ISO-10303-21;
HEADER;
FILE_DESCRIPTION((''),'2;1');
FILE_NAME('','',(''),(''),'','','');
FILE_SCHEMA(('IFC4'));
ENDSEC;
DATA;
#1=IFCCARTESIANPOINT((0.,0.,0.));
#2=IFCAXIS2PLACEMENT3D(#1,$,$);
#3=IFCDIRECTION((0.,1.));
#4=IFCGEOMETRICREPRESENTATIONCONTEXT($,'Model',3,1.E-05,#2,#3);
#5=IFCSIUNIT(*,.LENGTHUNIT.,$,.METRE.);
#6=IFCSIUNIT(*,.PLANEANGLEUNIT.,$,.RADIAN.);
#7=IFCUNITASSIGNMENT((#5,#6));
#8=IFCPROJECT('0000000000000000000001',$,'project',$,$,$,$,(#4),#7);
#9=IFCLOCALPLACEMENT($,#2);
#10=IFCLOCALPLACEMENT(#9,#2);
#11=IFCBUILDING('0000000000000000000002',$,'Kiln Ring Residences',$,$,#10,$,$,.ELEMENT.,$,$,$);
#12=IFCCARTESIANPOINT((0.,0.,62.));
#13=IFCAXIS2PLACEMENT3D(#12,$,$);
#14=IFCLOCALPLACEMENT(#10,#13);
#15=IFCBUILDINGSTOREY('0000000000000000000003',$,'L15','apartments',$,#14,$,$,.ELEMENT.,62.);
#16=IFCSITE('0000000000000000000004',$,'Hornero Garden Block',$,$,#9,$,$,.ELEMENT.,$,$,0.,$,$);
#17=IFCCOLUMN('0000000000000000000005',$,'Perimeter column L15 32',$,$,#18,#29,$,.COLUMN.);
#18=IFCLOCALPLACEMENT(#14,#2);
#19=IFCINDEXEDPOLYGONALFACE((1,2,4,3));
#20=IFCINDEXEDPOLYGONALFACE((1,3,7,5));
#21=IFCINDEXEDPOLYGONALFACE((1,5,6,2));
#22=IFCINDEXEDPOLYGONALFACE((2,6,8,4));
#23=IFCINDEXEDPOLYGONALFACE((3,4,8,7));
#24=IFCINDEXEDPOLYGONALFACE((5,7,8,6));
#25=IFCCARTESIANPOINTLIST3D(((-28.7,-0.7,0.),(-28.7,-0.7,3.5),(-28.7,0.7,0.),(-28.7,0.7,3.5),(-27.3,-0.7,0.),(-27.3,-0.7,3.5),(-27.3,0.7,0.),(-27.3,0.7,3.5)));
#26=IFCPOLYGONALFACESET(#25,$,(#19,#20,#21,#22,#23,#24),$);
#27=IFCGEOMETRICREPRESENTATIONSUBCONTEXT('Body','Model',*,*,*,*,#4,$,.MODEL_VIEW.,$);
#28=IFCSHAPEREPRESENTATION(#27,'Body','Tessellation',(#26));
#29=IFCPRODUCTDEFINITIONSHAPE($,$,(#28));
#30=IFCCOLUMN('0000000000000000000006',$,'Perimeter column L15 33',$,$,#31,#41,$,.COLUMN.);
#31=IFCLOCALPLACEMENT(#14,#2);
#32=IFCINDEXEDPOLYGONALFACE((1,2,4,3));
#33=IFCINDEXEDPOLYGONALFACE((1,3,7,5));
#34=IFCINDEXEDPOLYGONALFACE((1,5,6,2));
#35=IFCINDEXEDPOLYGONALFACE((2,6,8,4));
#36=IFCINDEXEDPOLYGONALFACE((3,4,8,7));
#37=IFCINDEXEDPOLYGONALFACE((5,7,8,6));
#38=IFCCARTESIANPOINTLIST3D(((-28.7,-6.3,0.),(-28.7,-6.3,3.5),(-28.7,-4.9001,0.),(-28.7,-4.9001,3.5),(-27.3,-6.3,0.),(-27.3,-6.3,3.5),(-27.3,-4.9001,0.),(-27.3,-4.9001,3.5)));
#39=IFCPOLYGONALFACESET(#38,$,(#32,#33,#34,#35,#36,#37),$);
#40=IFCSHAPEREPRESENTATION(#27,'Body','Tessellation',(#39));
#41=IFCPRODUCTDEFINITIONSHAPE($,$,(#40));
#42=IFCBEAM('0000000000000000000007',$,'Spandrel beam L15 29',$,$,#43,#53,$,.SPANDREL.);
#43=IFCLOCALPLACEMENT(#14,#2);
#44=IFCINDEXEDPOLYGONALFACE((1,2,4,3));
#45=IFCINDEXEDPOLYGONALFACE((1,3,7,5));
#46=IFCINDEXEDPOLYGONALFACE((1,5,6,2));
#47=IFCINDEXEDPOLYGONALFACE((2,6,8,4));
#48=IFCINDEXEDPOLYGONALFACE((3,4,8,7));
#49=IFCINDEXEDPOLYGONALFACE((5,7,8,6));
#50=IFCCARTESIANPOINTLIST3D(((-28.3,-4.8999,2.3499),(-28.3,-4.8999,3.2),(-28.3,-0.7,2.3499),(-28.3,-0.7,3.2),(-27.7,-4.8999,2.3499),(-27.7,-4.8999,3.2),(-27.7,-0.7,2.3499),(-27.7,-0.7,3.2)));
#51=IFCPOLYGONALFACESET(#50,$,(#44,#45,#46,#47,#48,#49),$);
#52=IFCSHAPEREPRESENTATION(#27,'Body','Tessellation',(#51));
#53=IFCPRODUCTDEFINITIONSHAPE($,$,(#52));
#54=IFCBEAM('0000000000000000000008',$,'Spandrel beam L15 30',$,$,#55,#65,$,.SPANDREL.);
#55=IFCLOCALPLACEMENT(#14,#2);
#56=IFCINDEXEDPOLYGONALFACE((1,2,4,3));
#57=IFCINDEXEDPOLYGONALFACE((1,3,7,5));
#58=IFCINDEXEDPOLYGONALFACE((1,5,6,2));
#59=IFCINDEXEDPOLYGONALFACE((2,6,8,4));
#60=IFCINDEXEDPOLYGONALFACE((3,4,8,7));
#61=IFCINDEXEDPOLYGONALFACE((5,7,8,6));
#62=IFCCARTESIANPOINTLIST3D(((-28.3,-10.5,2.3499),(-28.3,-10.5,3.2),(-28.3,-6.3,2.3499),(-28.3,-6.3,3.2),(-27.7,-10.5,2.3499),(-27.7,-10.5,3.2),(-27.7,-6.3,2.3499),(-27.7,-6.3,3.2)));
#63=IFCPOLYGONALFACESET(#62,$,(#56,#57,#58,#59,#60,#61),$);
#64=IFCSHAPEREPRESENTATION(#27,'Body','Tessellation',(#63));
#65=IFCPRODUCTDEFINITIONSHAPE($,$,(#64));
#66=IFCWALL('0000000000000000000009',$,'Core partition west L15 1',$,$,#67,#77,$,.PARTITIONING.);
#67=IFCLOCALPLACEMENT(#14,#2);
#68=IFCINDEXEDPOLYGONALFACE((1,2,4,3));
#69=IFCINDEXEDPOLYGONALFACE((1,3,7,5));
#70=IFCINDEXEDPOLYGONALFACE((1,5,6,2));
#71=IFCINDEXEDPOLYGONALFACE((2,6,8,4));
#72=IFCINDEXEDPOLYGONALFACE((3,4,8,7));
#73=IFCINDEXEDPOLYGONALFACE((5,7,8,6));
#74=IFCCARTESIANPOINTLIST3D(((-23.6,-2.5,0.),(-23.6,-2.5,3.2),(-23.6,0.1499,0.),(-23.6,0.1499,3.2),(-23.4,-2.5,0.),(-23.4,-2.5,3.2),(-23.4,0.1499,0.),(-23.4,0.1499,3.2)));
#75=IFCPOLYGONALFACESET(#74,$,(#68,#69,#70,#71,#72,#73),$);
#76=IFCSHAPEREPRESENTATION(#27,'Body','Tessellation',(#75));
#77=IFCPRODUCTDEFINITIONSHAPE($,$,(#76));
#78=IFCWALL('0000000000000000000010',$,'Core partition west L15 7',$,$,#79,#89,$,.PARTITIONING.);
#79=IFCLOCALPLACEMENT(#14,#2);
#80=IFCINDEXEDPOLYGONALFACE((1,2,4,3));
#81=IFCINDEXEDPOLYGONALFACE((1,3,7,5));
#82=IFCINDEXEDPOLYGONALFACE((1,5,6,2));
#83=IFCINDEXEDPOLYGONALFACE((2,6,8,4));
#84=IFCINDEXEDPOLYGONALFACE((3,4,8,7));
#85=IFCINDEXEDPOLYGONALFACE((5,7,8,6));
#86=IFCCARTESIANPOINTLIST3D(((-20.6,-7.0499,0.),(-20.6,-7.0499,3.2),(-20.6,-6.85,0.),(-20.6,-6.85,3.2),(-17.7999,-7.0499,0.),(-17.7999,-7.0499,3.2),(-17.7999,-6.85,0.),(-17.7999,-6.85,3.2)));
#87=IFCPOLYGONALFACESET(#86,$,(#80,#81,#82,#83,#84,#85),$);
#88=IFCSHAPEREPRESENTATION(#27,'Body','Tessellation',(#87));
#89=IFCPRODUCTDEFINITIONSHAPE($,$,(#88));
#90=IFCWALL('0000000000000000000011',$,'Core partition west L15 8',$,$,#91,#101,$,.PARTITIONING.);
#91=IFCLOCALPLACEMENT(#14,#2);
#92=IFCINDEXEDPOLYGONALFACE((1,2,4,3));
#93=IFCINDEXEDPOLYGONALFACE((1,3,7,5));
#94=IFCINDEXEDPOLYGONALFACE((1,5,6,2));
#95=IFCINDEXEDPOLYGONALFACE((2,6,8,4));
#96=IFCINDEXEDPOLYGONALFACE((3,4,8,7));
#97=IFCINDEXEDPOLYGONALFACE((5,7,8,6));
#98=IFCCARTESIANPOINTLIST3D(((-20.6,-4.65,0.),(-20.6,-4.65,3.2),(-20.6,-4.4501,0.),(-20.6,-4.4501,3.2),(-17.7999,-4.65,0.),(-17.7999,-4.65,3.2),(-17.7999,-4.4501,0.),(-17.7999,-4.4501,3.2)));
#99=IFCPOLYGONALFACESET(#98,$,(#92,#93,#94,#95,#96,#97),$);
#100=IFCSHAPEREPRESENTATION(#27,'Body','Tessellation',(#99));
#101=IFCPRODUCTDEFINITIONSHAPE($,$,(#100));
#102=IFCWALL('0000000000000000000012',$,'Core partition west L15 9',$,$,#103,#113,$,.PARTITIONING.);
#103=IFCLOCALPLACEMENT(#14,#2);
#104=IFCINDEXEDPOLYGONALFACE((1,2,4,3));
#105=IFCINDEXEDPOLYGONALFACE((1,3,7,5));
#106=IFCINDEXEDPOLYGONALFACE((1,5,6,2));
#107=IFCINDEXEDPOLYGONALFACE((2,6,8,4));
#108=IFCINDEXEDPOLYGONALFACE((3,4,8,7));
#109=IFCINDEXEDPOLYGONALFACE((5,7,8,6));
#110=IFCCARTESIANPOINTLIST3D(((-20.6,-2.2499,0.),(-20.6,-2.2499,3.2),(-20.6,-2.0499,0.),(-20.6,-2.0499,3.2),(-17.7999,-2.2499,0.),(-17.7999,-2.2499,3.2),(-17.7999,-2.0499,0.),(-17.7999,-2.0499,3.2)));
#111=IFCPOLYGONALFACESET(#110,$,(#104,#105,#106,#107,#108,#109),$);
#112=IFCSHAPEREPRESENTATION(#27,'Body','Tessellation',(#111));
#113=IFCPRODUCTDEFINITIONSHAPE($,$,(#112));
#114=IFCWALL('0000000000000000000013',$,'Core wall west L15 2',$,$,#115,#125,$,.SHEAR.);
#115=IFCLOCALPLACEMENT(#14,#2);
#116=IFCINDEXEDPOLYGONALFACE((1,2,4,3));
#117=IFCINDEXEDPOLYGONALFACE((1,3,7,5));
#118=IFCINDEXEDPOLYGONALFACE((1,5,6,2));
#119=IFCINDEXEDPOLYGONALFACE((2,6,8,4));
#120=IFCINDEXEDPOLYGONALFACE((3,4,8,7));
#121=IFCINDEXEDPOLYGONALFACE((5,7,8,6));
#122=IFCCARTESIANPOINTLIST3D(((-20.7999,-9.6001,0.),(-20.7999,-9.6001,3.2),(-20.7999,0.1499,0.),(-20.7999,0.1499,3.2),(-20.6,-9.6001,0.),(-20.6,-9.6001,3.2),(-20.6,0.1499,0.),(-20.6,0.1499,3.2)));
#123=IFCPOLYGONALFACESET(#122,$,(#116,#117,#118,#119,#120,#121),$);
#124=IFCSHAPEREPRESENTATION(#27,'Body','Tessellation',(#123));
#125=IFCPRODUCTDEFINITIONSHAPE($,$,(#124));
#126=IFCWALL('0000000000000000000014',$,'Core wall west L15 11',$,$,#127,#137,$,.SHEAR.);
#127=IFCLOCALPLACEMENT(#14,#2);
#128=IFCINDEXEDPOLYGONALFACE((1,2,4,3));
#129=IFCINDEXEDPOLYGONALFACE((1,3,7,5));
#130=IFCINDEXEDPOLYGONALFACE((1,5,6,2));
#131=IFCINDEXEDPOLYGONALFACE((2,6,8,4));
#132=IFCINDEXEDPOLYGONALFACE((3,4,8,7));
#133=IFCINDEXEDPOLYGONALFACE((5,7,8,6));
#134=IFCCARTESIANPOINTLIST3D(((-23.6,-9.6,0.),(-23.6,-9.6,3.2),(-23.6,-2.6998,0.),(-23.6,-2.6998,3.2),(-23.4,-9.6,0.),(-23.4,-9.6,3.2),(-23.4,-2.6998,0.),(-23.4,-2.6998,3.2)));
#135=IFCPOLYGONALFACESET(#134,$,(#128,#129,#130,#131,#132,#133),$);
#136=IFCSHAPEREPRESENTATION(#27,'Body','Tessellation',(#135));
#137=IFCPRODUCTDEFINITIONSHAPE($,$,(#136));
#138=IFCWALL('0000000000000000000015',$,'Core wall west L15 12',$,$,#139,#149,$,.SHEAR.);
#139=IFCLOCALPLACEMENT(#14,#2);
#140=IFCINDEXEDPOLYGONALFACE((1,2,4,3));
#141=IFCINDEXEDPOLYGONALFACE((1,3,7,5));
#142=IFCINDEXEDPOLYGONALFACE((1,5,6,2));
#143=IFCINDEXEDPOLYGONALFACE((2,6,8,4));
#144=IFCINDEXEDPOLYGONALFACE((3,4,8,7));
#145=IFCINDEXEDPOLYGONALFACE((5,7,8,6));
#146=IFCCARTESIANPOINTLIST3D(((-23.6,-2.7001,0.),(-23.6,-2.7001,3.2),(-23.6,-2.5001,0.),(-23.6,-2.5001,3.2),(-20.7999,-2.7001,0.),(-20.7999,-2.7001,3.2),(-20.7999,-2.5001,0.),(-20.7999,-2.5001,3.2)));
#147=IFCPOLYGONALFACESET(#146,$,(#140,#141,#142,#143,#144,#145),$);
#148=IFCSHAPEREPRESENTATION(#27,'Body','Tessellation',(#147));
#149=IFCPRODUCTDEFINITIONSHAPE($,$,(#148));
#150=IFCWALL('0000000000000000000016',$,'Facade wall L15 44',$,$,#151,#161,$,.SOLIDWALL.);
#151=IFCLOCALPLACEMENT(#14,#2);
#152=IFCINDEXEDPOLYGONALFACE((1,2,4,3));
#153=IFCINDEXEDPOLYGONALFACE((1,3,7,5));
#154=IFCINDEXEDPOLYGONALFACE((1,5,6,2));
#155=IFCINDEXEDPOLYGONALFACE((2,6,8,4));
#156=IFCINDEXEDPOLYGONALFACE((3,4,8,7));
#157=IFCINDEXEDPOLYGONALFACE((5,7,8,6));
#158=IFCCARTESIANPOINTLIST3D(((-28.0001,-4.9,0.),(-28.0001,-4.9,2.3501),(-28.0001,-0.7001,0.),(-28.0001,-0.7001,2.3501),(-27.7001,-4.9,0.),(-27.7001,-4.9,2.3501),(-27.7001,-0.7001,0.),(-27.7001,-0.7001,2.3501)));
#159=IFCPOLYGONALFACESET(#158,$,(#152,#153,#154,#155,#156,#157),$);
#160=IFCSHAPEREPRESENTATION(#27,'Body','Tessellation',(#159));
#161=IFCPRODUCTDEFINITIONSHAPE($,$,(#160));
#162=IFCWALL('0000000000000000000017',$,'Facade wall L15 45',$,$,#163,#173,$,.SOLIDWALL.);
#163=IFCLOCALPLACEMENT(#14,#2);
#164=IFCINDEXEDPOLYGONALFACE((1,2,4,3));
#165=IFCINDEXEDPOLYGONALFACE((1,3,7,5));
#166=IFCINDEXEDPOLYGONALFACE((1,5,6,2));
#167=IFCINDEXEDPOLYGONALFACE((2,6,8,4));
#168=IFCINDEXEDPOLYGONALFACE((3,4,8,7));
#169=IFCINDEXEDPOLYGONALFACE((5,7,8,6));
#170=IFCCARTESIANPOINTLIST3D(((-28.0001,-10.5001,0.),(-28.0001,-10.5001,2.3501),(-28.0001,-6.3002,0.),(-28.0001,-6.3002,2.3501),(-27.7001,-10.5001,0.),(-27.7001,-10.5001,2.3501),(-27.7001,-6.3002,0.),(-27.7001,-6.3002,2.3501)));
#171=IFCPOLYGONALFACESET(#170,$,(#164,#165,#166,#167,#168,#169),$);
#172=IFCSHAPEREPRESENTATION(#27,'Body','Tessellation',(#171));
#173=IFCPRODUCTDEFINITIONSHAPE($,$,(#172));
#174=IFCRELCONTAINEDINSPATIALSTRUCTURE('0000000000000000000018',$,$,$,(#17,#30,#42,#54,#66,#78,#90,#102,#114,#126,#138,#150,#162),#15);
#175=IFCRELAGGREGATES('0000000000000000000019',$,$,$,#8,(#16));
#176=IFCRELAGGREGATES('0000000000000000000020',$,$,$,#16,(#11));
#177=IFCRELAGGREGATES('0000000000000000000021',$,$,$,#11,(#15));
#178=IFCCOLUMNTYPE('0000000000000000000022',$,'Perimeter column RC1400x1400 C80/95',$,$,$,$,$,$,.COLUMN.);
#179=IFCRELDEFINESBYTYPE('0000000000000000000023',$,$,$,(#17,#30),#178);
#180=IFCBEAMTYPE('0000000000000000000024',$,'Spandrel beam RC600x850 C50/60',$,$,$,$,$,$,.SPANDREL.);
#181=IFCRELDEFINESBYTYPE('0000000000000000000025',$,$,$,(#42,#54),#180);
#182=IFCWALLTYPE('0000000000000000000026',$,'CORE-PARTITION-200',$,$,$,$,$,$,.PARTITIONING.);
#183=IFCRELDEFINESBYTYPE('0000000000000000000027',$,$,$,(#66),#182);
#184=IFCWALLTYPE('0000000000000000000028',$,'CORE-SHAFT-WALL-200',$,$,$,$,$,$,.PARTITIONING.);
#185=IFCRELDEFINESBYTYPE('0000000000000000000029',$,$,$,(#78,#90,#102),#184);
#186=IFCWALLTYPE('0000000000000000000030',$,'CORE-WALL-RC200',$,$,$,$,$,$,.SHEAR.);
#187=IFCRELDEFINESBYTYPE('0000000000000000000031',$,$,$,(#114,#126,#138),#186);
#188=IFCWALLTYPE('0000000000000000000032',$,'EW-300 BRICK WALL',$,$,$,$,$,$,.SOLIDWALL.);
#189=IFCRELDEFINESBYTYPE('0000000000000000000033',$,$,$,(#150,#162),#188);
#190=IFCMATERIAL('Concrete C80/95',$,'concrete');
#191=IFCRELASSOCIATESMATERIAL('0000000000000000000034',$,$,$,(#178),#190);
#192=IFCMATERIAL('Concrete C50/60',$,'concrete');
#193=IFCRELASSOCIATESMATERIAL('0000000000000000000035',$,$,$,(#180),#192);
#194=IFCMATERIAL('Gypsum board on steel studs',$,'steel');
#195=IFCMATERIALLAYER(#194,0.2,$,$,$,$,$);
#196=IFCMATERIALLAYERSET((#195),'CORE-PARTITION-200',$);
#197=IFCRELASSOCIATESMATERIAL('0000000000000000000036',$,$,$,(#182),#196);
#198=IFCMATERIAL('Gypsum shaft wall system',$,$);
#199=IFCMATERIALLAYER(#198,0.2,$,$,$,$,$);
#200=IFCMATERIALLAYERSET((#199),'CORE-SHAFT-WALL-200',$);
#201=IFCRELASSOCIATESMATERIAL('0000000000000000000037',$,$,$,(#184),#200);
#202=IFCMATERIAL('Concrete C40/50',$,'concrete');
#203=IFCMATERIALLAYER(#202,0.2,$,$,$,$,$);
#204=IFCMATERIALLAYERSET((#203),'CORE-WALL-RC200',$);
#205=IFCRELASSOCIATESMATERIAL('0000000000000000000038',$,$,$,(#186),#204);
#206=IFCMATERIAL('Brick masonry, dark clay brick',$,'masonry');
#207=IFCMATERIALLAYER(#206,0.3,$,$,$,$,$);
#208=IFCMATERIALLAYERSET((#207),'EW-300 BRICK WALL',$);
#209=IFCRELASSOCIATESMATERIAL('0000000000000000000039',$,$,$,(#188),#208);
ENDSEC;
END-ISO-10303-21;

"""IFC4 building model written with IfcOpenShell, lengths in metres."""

from ifc_helpers import new_model, si_unit, direction, frame, frame_2d, origin, origin_2d, place, context, subcontext, project, spatial, rectangle, extrude, material, layer, layer_set, material_profile, profile_set, type_object, element, save


model = new_model("IFC4")

# Units and contexts
model_context = context("Model", 3, precision=1e-05, world=origin(), true_north=direction((0.0, 1.0)))
body_context = subcontext(model_context, "Body", "Model", "MODEL_VIEW")
ifc_project = project(units=[si_unit("LENGTHUNIT", "METRE"), si_unit("PLANEANGLEUNIT", "RADIAN")], contexts=[model_context])

# Site, building, storey
site_placement = place(None, origin())
site = spatial("IfcSite", under=ifc_project, at=site_placement, Name="Hornero Garden Block", CompositionType="ELEMENT", RefElevation=0.0)
building_placement = place(site_placement, origin())
building = spatial("IfcBuilding", under=site, at=building_placement, Name="Kiln Ring Residences", CompositionType="ELEMENT")
storey_placement = place(building_placement, frame((0.0, 0.0, 62.0)))
storey = spatial("IfcBuildingStorey", under=building, at=storey_placement, Name="L15", Description="apartments", CompositionType="ELEMENT", Elevation=62.0)

# Columns
ifc_material_1 = material(Name="Concrete C80/95", Category="concrete")
ifc_material_profile_1 = material_profile(ifc_material_1, rectangle(XDim=1.3999, YDim=1.3999, at=origin_2d()), Name="RC1400x1400")
ifc_profile_set_1 = profile_set([ifc_material_profile_1], Name="Concrete C80/95")
column_type = type_object("IfcColumnType", Name="Perimeter column RC1400x1400 C80/95", PredefinedType="COLUMN", material=ifc_profile_set_1)
for number, where, z_axis, x_axis, name in (
    (1, (-28.0, 0.0, 0.0), (0.0, 0.0, 1.0), (1.0, 0.0, 0.0), "Perimeter column L15 32"),
    (2, (-28.0, -5.6001, 0.0), (0.0, 0.0, 1.0), (1.0, 0.0, 0.0), "Perimeter column L15 33"),
):
    element("IfcColumn", number, at=place(storey_placement, frame(where, z_axis=z_axis, x_axis=x_axis)), inside=storey, type_object=column_type, Name=name, PredefinedType="COLUMN", context=body_context, shape_type="SweptSolid", body=[
        extrude(rectangle(XDim=1.3999, YDim=1.3999, at=origin_2d()), origin(), (0.0, 0.0, 1.0), 3.5),
    ])

# Beams
ifc_material_2 = material(Name="Concrete C50/60", Category="concrete")
ifc_material_profile_2 = material_profile(ifc_material_2, rectangle(XDim=0.6001, YDim=0.8501, at=origin_2d()), Name="RC600x850")
ifc_profile_set_2 = profile_set([ifc_material_profile_2], Name="Concrete C50/60")
beam_type = type_object("IfcBeamType", Name="Spandrel beam RC600x850 C50/60", PredefinedType="SPANDREL", material=ifc_profile_set_2)
for number, where, z_axis, x_axis, name in (
    (3, (-28.0, -0.7, 2.7749), (0.0, -1.0, 0.0), (1.0, 0.0, 0.0), "Spandrel beam L15 29"),
    (4, (-28.0, -6.3, 2.7749), (0.0, -1.0, 0.0), (1.0, 0.0, 0.0), "Spandrel beam L15 30"),
):
    element("IfcBeam", number, at=place(storey_placement, frame(where, z_axis=z_axis, x_axis=x_axis)), inside=storey, type_object=beam_type, Name=name, PredefinedType="SPANDREL", context=body_context, shape_type="SweptSolid", body=[
        extrude(rectangle(XDim=0.6001, YDim=0.8501, at=origin_2d()), origin(), (0.0, 0.0, 1.0), 4.2),
    ])

# Walls
ifc_material_3 = material(Name="Gypsum board on steel studs", Category="steel")
ifc_layer_1 = layer(ifc_material_3, 0.2)
ifc_layer_set_1 = layer_set([ifc_layer_1], Name="CORE-PARTITION-200")
wall_type_1 = type_object("IfcWallType", Name="CORE-PARTITION-200", PredefinedType="PARTITIONING", material=ifc_layer_set_1)
wall_1_placement = place(storey_placement, frame((-23.5, -2.5, 0.0), z_axis=(0.0, 0.0, 1.0), x_axis=(0.0, 1.0, 0.0)))
element("IfcWall", 5, at=wall_1_placement, inside=storey, type_object=wall_type_1, Name="Core partition west L15 1", PredefinedType="PARTITIONING", context=body_context, shape_type="SweptSolid", body=[
    extrude(rectangle(XDim=2.6499, YDim=0.2, at=frame_2d((1.325, 0.0))), origin(), (0.0, 0.0, 1.0), 3.2),
])
ifc_material_4 = material(Name="Gypsum shaft wall system")
ifc_layer_2 = layer(ifc_material_4, 0.2)
ifc_layer_set_2 = layer_set([ifc_layer_2], Name="CORE-SHAFT-WALL-200")
wall_type_2 = type_object("IfcWallType", Name="CORE-SHAFT-WALL-200", PredefinedType="PARTITIONING", material=ifc_layer_set_2)
for number, where, z_axis, x_axis, name in (
    (6, (-17.8, -6.95, 0.0), (0.0, 0.0, 1.0), (-1.0, 0.0, 0.0), "Core partition west L15 7"),
    (7, (-17.8, -4.55, 0.0), (0.0, 0.0, 1.0), (-1.0, 0.0, 0.0), "Core partition west L15 8"),
    (8, (-17.8, -2.1499, 0.0), (0.0, 0.0, 1.0), (-1.0, 0.0, 0.0), "Core partition west L15 9"),
):
    element("IfcWall", number, at=place(storey_placement, frame(where, z_axis=z_axis, x_axis=x_axis)), inside=storey, type_object=wall_type_2, Name=name, PredefinedType="PARTITIONING", context=body_context, shape_type="SweptSolid", body=[
        extrude(rectangle(XDim=2.8, YDim=0.2, at=frame_2d((1.3999, 0.0))), origin(), (0.0, 0.0, 1.0), 3.2),
    ])
ifc_material_5 = material(Name="Concrete C40/50", Category="concrete")
ifc_layer_3 = layer(ifc_material_5, 0.2)
ifc_layer_set_3 = layer_set([ifc_layer_3], Name="CORE-WALL-RC200")
wall_type_3 = type_object("IfcWallType", Name="CORE-WALL-RC200", PredefinedType="SHEAR", material=ifc_layer_set_3)
wall_2_placement = place(storey_placement, frame((-20.7, -9.6001, 0.0), z_axis=(0.0, 0.0, 1.0), x_axis=(0.0, 1.0, 0.0)))
element("IfcWall", 9, at=wall_2_placement, inside=storey, type_object=wall_type_3, Name="Core wall west L15 2", PredefinedType="SHEAR", context=body_context, shape_type="SweptSolid", body=[
    extrude(rectangle(XDim=9.75, YDim=0.2, at=frame_2d((4.875, 0.0))), origin(), (0.0, 0.0, 1.0), 3.2),
])
wall_3_placement = place(storey_placement, frame((-23.5, -9.6001, 0.0), z_axis=(0.0, 0.0, 1.0), x_axis=(0.0, 1.0, 0.0)))
element("IfcWall", 10, at=wall_3_placement, inside=storey, type_object=wall_type_3, Name="Core wall west L15 11", PredefinedType="SHEAR", context=body_context, shape_type="SweptSolid", body=[
    extrude(rectangle(XDim=6.9001, YDim=0.2, at=frame_2d((3.4502, 0.0))), origin(), (0.0, 0.0, 1.0), 3.2),
])
wall_4_placement = place(storey_placement, frame((-20.8, -2.6001, 0.0), z_axis=(0.0, 0.0, 1.0), x_axis=(-1.0, 0.0, 0.0)))
element("IfcWall", 11, at=wall_4_placement, inside=storey, type_object=wall_type_3, Name="Core wall west L15 12", PredefinedType="SHEAR", context=body_context, shape_type="SweptSolid", body=[
    extrude(rectangle(XDim=2.8, YDim=0.2, at=frame_2d((1.3999, 0.0))), origin(), (0.0, 0.0, 1.0), 3.2),
])
ifc_material_6 = material(Name="Brick masonry, dark clay brick", Category="masonry")
ifc_layer_4 = layer(ifc_material_6, 0.3)
ifc_layer_set_4 = layer_set([ifc_layer_4], Name="EW-300 BRICK WALL")
wall_type_4 = type_object("IfcWallType", Name="EW-300 BRICK WALL", PredefinedType="SOLIDWALL", material=ifc_layer_set_4)
for number, where, z_axis, x_axis, name in (
    (12, (-27.8501, -0.7, 0.0), (0.0, 0.0, 1.0), (0.0, -1.0, 0.0), "Facade wall L15 44"),
    (13, (-27.8501, -6.3, 0.0), (0.0, 0.0, 1.0), (0.0, -1.0, 0.0), "Facade wall L15 45"),
):
    element("IfcWall", number, at=place(storey_placement, frame(where, z_axis=z_axis, x_axis=x_axis)), inside=storey, type_object=wall_type_4, Name=name, PredefinedType="SOLIDWALL", context=body_context, shape_type="SweptSolid", body=[
        extrude(rectangle(XDim=4.2, YDim=0.3, at=frame_2d((2.1001, 0.0))), origin(), (0.0, 0.0, 1.0), 2.3501),
    ])

save(model, "model.ifc")
